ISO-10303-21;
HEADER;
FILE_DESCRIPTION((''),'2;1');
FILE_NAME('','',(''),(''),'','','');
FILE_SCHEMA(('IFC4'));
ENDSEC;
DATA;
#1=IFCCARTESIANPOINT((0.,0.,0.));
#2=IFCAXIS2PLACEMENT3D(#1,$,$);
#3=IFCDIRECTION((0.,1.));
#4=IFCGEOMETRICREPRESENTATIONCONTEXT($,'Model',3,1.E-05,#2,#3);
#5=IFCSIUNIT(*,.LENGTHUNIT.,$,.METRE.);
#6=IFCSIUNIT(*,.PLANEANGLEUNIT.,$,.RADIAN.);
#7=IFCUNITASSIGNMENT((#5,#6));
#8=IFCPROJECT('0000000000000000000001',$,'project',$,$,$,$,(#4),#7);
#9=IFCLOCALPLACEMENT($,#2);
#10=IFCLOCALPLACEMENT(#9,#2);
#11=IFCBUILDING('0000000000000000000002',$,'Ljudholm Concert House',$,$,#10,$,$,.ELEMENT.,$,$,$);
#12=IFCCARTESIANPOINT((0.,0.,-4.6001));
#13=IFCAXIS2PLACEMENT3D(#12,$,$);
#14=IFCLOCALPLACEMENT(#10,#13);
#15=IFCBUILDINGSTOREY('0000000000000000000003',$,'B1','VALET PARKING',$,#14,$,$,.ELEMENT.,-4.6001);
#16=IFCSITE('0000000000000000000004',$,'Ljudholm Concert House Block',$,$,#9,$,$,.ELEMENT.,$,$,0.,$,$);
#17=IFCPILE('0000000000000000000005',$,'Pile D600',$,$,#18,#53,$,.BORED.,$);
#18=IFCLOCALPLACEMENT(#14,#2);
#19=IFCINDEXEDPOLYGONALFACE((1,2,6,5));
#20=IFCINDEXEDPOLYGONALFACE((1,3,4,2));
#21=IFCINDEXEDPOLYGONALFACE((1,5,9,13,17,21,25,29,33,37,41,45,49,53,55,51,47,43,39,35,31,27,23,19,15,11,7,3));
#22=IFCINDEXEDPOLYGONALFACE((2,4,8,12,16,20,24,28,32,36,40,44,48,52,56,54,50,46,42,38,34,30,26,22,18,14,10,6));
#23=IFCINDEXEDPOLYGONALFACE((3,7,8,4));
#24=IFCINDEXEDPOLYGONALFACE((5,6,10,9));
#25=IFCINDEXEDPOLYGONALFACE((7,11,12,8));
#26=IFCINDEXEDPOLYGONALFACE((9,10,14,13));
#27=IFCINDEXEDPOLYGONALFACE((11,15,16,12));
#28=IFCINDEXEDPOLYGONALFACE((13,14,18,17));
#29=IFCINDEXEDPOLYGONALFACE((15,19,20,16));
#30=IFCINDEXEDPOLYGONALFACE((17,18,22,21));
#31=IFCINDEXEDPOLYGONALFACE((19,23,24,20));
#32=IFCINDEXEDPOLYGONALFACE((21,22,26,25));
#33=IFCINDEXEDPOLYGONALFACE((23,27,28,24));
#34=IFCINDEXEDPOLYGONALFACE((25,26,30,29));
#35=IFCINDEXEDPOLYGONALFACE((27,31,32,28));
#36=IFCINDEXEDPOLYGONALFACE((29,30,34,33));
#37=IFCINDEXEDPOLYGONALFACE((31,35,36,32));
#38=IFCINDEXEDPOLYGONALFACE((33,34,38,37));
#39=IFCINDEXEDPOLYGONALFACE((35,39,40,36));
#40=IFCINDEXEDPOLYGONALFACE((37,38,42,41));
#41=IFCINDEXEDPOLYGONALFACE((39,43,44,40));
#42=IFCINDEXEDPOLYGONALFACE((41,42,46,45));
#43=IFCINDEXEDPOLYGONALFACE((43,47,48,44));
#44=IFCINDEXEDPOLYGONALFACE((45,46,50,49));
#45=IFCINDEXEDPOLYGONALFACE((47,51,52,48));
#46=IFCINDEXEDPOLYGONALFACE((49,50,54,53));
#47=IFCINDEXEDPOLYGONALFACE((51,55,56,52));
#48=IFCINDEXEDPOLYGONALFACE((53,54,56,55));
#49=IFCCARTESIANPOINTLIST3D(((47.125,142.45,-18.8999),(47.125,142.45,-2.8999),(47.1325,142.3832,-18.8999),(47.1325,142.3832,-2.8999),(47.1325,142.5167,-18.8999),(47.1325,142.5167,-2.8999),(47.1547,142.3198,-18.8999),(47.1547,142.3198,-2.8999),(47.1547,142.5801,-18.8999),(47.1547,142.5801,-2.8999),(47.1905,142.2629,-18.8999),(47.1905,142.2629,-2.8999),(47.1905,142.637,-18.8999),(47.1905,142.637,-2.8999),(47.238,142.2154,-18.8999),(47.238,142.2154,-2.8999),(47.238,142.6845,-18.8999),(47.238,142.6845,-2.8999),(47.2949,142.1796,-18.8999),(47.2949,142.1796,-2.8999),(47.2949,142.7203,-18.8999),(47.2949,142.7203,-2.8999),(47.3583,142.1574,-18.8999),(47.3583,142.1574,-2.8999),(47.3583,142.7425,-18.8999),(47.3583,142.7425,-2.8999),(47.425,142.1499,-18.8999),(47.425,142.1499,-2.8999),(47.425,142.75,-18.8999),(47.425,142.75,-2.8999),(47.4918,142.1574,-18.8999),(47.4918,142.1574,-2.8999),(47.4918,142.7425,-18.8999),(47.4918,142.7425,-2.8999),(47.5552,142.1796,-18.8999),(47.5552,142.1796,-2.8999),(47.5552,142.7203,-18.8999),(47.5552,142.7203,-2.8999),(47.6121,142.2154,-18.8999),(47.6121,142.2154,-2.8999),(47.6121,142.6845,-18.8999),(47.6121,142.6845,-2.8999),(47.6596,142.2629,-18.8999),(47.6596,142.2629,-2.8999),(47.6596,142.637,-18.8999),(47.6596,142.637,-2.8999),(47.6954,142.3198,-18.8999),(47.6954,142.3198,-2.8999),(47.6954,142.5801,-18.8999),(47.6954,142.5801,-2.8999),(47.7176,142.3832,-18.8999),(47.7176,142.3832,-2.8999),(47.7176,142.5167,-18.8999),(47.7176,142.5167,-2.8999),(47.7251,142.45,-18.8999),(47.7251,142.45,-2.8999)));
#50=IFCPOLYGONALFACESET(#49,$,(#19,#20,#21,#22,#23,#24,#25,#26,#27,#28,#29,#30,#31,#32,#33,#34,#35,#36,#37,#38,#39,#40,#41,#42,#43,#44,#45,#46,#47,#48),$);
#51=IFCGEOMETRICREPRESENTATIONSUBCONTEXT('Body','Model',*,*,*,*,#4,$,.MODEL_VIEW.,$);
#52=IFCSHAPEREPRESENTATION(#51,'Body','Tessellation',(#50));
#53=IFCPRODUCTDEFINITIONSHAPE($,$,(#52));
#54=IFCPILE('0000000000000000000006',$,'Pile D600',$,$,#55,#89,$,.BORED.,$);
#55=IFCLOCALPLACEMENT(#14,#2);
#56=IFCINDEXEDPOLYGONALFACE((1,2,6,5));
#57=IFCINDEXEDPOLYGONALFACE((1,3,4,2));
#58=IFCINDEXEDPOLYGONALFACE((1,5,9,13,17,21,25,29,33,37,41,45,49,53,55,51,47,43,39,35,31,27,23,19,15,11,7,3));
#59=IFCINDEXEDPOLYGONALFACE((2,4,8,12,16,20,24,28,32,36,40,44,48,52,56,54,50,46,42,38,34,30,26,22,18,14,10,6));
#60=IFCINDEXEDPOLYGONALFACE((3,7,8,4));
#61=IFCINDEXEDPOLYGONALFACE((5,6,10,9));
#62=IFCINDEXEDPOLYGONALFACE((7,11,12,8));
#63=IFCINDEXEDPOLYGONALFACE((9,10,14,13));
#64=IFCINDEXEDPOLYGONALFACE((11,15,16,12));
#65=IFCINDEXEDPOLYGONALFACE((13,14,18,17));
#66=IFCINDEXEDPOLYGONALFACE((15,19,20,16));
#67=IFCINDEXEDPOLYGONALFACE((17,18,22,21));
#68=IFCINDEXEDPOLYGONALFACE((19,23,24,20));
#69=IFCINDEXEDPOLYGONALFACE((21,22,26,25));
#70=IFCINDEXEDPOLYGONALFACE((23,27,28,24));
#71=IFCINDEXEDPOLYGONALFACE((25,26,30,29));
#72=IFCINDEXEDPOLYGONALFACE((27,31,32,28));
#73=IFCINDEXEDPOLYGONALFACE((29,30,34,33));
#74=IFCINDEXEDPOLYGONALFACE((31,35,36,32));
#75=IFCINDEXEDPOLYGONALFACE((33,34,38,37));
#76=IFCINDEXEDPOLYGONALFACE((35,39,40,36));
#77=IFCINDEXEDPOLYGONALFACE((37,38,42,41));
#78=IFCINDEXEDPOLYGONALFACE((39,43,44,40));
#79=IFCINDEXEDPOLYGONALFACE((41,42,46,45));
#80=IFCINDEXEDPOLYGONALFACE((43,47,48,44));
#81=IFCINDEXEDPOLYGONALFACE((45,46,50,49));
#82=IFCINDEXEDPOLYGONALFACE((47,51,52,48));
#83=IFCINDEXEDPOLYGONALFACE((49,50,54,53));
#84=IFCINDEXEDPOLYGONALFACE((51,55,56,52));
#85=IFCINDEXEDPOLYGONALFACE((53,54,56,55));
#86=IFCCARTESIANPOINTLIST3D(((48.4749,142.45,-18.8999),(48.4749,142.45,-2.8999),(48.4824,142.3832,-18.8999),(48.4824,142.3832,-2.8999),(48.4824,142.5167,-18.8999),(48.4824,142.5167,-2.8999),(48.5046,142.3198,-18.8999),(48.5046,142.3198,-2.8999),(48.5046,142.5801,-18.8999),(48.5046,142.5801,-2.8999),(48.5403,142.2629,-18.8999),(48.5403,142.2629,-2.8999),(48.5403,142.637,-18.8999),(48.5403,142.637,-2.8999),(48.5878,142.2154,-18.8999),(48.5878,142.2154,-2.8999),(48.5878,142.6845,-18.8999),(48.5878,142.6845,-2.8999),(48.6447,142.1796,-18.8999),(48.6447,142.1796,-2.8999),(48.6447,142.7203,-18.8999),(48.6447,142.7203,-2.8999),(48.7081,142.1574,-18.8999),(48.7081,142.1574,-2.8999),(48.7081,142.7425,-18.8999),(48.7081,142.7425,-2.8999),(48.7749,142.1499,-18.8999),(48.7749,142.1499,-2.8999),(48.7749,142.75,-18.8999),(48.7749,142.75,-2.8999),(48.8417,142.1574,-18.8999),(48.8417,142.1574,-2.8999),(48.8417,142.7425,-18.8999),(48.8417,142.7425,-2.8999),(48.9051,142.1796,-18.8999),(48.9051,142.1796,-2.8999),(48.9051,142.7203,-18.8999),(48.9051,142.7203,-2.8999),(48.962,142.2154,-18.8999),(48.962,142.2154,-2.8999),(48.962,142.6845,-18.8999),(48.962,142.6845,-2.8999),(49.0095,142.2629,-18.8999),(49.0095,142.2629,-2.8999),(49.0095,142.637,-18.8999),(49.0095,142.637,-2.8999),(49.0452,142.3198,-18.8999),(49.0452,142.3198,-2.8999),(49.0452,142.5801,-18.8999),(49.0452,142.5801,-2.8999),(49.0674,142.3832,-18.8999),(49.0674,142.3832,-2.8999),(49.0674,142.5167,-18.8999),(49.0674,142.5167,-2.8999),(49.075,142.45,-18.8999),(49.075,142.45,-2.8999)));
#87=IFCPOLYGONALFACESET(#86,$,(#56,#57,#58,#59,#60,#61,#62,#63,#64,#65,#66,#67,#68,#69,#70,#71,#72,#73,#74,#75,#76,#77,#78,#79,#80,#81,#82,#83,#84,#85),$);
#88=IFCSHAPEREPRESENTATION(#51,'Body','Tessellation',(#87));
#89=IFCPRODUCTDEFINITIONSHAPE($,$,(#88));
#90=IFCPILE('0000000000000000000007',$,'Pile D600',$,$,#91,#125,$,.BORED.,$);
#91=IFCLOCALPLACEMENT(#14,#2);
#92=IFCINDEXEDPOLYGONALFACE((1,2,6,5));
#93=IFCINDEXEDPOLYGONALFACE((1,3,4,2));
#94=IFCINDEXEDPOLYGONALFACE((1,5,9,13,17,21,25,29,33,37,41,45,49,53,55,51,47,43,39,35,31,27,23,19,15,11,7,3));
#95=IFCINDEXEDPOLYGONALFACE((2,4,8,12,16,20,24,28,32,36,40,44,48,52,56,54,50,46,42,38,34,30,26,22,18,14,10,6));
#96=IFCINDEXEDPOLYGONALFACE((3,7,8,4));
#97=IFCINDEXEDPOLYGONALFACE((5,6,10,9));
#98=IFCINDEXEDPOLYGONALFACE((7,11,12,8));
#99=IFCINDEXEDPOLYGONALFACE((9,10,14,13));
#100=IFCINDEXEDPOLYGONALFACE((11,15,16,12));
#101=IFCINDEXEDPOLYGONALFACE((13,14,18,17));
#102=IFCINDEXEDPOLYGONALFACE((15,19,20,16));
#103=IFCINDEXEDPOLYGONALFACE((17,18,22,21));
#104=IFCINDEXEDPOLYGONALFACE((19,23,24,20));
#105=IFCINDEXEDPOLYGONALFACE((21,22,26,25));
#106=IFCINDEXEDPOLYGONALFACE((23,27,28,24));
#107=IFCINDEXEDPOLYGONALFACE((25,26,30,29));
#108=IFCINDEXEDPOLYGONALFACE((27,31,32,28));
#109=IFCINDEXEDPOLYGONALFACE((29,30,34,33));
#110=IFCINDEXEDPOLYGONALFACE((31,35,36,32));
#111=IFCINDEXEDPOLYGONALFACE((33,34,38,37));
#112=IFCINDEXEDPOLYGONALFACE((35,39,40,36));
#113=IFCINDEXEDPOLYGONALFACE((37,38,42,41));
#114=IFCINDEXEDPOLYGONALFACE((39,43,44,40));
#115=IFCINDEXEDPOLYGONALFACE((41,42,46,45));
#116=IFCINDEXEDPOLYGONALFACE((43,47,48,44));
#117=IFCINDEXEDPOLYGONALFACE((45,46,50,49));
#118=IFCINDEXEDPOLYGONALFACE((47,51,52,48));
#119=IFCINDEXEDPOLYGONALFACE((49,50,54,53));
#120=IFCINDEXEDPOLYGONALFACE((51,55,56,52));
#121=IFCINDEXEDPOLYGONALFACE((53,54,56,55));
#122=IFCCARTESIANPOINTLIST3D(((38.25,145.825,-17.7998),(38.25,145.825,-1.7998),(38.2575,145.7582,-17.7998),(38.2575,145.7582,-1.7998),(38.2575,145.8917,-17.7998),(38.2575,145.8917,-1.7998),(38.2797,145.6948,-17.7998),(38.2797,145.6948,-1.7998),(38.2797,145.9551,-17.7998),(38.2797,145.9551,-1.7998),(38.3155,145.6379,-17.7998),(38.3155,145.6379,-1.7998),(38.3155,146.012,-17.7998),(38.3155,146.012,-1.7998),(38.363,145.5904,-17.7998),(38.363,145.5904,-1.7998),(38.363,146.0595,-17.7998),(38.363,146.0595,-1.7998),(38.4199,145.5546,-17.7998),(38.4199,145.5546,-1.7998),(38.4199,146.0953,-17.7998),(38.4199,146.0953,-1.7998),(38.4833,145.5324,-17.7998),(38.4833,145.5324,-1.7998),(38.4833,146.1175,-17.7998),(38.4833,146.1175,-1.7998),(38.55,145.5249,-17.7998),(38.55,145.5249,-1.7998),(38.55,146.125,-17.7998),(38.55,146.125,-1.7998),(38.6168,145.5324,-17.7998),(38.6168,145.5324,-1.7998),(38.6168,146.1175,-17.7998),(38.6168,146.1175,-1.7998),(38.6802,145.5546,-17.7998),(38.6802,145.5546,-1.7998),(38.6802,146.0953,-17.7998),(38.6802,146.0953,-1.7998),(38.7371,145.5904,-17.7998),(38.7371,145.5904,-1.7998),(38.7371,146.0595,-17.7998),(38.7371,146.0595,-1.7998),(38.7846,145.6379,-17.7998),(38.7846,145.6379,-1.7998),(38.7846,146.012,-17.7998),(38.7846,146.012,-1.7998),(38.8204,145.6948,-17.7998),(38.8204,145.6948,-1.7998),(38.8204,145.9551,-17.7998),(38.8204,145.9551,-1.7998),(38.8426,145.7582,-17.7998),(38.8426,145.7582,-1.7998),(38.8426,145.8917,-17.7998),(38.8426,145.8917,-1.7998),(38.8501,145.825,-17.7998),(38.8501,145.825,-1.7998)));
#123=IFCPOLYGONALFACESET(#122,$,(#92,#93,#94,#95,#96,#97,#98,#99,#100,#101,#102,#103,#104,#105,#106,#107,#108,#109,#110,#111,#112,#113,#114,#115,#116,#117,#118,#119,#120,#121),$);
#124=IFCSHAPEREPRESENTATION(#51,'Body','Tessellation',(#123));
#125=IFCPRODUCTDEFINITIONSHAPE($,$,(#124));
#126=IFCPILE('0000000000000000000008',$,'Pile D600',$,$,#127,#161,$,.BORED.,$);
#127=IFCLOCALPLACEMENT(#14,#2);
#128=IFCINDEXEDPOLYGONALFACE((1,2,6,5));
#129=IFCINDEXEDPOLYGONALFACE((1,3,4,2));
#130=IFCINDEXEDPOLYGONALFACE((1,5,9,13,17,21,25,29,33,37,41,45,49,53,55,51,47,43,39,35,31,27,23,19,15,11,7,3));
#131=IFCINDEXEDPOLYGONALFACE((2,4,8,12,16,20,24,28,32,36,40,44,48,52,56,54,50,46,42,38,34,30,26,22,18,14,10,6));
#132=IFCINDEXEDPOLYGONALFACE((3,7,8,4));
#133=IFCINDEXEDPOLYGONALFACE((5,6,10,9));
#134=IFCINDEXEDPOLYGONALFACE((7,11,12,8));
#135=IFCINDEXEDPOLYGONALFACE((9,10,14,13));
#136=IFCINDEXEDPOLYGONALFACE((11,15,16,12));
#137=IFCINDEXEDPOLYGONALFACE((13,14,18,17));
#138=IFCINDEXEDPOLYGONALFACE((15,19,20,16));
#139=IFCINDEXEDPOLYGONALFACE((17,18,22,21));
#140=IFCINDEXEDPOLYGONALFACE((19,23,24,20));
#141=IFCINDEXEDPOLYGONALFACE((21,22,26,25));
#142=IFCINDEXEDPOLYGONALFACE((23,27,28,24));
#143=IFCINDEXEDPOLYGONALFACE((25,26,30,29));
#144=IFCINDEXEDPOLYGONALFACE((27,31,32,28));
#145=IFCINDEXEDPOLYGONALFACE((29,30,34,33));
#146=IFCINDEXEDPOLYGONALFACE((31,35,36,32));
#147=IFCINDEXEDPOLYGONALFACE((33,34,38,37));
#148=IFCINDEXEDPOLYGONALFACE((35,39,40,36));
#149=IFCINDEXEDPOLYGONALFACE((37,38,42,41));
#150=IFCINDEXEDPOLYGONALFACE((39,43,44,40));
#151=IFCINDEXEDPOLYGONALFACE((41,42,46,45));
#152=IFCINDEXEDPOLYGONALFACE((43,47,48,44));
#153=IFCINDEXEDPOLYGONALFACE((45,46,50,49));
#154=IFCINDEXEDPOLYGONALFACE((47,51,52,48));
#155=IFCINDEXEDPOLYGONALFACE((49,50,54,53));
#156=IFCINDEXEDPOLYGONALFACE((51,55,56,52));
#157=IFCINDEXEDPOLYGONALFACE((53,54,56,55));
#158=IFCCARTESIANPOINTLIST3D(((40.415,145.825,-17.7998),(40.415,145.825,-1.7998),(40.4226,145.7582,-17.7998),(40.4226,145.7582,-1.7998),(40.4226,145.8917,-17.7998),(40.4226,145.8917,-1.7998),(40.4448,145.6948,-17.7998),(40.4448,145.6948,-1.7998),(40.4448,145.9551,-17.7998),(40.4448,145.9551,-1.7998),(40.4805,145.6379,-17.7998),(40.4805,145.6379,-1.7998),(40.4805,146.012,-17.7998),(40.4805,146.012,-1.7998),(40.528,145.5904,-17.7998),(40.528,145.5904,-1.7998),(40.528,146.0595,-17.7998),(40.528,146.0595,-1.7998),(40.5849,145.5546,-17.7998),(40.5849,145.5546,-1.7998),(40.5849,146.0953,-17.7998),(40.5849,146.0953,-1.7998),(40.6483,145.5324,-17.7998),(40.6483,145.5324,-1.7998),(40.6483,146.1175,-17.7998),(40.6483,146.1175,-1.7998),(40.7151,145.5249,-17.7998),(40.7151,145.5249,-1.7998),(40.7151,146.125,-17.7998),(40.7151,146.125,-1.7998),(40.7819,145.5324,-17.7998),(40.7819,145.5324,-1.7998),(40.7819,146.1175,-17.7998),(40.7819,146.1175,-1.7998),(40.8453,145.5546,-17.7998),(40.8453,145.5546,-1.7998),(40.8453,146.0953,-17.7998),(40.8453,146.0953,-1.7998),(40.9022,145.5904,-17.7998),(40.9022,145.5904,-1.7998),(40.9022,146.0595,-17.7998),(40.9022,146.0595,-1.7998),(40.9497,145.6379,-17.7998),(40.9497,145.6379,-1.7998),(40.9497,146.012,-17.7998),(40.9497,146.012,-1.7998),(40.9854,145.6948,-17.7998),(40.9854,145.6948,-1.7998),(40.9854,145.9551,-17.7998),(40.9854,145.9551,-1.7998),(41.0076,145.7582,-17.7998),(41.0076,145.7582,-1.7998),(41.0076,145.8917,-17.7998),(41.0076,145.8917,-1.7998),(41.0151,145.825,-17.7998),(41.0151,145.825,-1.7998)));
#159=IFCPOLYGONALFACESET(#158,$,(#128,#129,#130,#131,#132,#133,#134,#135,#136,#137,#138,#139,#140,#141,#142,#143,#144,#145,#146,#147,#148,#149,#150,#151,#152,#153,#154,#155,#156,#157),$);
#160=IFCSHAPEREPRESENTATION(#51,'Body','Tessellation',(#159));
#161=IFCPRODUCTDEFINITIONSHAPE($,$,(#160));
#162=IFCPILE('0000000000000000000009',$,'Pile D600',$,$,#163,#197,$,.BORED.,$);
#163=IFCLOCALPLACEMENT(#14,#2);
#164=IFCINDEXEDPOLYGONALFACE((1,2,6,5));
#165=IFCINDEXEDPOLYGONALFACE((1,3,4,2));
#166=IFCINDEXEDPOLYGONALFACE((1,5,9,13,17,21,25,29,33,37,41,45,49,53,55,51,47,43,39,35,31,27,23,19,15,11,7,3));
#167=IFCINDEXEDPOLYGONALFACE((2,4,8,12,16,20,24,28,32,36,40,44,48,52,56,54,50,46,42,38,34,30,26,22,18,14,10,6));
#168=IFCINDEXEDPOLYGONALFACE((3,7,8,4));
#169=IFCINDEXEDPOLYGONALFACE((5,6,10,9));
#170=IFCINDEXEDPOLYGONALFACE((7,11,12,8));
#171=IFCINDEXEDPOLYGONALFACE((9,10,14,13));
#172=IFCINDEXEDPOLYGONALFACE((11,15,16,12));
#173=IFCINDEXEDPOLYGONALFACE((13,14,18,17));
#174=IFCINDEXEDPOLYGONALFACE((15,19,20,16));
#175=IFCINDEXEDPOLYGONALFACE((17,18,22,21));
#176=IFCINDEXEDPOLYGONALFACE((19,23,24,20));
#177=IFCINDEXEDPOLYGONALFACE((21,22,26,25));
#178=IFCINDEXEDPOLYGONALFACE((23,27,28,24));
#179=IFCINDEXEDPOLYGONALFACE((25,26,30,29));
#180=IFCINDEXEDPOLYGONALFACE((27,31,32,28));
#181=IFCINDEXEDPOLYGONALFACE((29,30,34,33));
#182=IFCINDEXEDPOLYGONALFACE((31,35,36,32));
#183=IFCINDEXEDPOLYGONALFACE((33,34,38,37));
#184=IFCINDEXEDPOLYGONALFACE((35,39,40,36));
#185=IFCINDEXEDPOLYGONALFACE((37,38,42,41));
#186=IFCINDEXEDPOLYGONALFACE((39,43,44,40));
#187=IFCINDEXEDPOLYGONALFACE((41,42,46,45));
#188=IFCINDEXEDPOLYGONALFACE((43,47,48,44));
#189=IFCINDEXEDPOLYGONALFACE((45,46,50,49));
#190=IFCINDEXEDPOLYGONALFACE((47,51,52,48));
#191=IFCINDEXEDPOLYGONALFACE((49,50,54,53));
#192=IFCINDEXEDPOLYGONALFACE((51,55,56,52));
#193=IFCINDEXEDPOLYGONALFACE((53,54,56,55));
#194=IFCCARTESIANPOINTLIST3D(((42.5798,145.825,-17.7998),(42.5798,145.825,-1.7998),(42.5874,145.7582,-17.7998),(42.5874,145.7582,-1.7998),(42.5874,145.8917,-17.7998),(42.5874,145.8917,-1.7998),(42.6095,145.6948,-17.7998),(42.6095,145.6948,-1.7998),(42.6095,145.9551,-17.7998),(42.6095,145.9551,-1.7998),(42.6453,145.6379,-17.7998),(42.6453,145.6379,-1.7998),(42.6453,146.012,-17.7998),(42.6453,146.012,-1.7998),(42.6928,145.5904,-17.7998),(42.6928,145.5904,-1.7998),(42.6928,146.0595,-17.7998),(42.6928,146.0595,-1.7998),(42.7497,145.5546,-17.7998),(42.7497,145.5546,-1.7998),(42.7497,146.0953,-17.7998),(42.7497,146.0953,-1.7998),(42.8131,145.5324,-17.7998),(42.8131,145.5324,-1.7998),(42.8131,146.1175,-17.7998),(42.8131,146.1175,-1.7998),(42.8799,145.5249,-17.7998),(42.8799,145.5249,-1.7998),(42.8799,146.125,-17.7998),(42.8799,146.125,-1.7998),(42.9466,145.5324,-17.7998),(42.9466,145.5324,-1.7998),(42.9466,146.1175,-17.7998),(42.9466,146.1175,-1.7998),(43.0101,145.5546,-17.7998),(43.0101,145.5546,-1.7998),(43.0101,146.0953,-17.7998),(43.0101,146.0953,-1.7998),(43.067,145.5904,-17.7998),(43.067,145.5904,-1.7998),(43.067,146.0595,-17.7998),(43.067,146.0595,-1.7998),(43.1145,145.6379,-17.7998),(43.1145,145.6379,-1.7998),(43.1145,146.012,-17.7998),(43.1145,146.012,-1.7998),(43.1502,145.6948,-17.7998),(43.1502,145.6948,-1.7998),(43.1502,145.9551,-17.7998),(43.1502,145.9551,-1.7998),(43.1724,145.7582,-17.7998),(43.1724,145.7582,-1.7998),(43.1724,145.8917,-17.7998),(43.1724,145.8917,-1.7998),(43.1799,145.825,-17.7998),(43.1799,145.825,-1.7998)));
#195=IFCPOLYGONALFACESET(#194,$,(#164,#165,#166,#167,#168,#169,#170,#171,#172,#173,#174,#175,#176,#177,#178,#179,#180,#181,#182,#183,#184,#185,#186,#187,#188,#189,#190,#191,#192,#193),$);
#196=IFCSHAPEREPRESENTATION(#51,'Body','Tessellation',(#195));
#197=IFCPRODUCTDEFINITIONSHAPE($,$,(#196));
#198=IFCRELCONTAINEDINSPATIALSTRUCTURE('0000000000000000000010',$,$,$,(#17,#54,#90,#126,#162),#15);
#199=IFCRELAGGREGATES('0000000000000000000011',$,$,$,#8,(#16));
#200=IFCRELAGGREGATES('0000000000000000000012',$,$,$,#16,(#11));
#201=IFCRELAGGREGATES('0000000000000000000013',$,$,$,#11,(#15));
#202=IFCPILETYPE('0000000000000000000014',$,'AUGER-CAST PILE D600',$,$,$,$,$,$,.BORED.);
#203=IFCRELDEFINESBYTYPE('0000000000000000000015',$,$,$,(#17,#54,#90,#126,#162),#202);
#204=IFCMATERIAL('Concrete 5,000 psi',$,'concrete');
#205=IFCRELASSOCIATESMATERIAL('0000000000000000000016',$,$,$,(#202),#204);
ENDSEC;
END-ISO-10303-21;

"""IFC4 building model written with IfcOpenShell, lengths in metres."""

from ifc_helpers import new_model, si_unit, direction, frame, origin, origin_2d, place, context, subcontext, project, spatial, circle, extrude, material, material_profile, profile_set, type_object, element, save


model = new_model("IFC4")

# Units and contexts
model_context = context("Model", 3, precision=1e-05, world=origin(), true_north=direction((0.0, 1.0)))
body_context = subcontext(model_context, "Body", "Model", "MODEL_VIEW")
ifc_project = project(units=[si_unit("LENGTHUNIT", "METRE"), si_unit("PLANEANGLEUNIT", "RADIAN")], contexts=[model_context])

# Site, building, storey
site_placement = place(None, origin())
site = spatial("IfcSite", under=ifc_project, at=site_placement, Name="Ljudholm Concert House Block", CompositionType="ELEMENT", RefElevation=0.0)
building_placement = place(site_placement, origin())
building = spatial("IfcBuilding", under=site, at=building_placement, Name="Ljudholm Concert House", CompositionType="ELEMENT")
storey_placement = place(building_placement, frame((0.0, 0.0, -4.6001)))
storey = spatial("IfcBuildingStorey", under=building, at=storey_placement, Name="B1", Description="VALET PARKING", CompositionType="ELEMENT", Elevation=-4.6001)

# Piles
ifc_material_1 = material(Name="Concrete 5,000 psi", Category="concrete")
ifc_material_profile_1 = material_profile(ifc_material_1, circle(Radius=0.3, at=origin_2d()), Name="AUGER-CAST PILE D600")
ifc_profile_set_1 = profile_set([ifc_material_profile_1], Name="Concrete 5,000 psi")
pile_type = type_object("IfcPileType", Name="AUGER-CAST PILE D600", PredefinedType="BORED", material=ifc_profile_set_1)
for number, where, z_axis, x_axis, name in (
    (1, (47.425, 142.45, -2.8999), (0.0, 0.0, -1.0), (1.0, 0.0, 0.0), "Pile D600"),
    (2, (48.7749, 142.45, -2.8999), (0.0, 0.0, -1.0), (1.0, 0.0, 0.0), "Pile D600"),
    (3, (38.55, 145.825, -1.7998), (0.0, 0.0, -1.0), (1.0, 0.0, 0.0), "Pile D600"),
    (4, (40.7151, 145.825, -1.7998), (0.0, 0.0, -1.0), (1.0, 0.0, 0.0), "Pile D600"),
    (5, (42.8799, 145.825, -1.7998), (0.0, 0.0, -1.0), (1.0, 0.0, 0.0), "Pile D600"),
):
    element("IfcPile", number, at=place(storey_placement, frame(where, z_axis=z_axis, x_axis=x_axis)), inside=storey, type_object=pile_type, Name=name, PredefinedType="BORED", context=body_context, shape_type="SweptSolid", body=[
        extrude(circle(Radius=0.3, at=origin_2d()), origin(), (0.0, 0.0, 1.0), 16.0),
    ])

save(model, "model.ifc")
